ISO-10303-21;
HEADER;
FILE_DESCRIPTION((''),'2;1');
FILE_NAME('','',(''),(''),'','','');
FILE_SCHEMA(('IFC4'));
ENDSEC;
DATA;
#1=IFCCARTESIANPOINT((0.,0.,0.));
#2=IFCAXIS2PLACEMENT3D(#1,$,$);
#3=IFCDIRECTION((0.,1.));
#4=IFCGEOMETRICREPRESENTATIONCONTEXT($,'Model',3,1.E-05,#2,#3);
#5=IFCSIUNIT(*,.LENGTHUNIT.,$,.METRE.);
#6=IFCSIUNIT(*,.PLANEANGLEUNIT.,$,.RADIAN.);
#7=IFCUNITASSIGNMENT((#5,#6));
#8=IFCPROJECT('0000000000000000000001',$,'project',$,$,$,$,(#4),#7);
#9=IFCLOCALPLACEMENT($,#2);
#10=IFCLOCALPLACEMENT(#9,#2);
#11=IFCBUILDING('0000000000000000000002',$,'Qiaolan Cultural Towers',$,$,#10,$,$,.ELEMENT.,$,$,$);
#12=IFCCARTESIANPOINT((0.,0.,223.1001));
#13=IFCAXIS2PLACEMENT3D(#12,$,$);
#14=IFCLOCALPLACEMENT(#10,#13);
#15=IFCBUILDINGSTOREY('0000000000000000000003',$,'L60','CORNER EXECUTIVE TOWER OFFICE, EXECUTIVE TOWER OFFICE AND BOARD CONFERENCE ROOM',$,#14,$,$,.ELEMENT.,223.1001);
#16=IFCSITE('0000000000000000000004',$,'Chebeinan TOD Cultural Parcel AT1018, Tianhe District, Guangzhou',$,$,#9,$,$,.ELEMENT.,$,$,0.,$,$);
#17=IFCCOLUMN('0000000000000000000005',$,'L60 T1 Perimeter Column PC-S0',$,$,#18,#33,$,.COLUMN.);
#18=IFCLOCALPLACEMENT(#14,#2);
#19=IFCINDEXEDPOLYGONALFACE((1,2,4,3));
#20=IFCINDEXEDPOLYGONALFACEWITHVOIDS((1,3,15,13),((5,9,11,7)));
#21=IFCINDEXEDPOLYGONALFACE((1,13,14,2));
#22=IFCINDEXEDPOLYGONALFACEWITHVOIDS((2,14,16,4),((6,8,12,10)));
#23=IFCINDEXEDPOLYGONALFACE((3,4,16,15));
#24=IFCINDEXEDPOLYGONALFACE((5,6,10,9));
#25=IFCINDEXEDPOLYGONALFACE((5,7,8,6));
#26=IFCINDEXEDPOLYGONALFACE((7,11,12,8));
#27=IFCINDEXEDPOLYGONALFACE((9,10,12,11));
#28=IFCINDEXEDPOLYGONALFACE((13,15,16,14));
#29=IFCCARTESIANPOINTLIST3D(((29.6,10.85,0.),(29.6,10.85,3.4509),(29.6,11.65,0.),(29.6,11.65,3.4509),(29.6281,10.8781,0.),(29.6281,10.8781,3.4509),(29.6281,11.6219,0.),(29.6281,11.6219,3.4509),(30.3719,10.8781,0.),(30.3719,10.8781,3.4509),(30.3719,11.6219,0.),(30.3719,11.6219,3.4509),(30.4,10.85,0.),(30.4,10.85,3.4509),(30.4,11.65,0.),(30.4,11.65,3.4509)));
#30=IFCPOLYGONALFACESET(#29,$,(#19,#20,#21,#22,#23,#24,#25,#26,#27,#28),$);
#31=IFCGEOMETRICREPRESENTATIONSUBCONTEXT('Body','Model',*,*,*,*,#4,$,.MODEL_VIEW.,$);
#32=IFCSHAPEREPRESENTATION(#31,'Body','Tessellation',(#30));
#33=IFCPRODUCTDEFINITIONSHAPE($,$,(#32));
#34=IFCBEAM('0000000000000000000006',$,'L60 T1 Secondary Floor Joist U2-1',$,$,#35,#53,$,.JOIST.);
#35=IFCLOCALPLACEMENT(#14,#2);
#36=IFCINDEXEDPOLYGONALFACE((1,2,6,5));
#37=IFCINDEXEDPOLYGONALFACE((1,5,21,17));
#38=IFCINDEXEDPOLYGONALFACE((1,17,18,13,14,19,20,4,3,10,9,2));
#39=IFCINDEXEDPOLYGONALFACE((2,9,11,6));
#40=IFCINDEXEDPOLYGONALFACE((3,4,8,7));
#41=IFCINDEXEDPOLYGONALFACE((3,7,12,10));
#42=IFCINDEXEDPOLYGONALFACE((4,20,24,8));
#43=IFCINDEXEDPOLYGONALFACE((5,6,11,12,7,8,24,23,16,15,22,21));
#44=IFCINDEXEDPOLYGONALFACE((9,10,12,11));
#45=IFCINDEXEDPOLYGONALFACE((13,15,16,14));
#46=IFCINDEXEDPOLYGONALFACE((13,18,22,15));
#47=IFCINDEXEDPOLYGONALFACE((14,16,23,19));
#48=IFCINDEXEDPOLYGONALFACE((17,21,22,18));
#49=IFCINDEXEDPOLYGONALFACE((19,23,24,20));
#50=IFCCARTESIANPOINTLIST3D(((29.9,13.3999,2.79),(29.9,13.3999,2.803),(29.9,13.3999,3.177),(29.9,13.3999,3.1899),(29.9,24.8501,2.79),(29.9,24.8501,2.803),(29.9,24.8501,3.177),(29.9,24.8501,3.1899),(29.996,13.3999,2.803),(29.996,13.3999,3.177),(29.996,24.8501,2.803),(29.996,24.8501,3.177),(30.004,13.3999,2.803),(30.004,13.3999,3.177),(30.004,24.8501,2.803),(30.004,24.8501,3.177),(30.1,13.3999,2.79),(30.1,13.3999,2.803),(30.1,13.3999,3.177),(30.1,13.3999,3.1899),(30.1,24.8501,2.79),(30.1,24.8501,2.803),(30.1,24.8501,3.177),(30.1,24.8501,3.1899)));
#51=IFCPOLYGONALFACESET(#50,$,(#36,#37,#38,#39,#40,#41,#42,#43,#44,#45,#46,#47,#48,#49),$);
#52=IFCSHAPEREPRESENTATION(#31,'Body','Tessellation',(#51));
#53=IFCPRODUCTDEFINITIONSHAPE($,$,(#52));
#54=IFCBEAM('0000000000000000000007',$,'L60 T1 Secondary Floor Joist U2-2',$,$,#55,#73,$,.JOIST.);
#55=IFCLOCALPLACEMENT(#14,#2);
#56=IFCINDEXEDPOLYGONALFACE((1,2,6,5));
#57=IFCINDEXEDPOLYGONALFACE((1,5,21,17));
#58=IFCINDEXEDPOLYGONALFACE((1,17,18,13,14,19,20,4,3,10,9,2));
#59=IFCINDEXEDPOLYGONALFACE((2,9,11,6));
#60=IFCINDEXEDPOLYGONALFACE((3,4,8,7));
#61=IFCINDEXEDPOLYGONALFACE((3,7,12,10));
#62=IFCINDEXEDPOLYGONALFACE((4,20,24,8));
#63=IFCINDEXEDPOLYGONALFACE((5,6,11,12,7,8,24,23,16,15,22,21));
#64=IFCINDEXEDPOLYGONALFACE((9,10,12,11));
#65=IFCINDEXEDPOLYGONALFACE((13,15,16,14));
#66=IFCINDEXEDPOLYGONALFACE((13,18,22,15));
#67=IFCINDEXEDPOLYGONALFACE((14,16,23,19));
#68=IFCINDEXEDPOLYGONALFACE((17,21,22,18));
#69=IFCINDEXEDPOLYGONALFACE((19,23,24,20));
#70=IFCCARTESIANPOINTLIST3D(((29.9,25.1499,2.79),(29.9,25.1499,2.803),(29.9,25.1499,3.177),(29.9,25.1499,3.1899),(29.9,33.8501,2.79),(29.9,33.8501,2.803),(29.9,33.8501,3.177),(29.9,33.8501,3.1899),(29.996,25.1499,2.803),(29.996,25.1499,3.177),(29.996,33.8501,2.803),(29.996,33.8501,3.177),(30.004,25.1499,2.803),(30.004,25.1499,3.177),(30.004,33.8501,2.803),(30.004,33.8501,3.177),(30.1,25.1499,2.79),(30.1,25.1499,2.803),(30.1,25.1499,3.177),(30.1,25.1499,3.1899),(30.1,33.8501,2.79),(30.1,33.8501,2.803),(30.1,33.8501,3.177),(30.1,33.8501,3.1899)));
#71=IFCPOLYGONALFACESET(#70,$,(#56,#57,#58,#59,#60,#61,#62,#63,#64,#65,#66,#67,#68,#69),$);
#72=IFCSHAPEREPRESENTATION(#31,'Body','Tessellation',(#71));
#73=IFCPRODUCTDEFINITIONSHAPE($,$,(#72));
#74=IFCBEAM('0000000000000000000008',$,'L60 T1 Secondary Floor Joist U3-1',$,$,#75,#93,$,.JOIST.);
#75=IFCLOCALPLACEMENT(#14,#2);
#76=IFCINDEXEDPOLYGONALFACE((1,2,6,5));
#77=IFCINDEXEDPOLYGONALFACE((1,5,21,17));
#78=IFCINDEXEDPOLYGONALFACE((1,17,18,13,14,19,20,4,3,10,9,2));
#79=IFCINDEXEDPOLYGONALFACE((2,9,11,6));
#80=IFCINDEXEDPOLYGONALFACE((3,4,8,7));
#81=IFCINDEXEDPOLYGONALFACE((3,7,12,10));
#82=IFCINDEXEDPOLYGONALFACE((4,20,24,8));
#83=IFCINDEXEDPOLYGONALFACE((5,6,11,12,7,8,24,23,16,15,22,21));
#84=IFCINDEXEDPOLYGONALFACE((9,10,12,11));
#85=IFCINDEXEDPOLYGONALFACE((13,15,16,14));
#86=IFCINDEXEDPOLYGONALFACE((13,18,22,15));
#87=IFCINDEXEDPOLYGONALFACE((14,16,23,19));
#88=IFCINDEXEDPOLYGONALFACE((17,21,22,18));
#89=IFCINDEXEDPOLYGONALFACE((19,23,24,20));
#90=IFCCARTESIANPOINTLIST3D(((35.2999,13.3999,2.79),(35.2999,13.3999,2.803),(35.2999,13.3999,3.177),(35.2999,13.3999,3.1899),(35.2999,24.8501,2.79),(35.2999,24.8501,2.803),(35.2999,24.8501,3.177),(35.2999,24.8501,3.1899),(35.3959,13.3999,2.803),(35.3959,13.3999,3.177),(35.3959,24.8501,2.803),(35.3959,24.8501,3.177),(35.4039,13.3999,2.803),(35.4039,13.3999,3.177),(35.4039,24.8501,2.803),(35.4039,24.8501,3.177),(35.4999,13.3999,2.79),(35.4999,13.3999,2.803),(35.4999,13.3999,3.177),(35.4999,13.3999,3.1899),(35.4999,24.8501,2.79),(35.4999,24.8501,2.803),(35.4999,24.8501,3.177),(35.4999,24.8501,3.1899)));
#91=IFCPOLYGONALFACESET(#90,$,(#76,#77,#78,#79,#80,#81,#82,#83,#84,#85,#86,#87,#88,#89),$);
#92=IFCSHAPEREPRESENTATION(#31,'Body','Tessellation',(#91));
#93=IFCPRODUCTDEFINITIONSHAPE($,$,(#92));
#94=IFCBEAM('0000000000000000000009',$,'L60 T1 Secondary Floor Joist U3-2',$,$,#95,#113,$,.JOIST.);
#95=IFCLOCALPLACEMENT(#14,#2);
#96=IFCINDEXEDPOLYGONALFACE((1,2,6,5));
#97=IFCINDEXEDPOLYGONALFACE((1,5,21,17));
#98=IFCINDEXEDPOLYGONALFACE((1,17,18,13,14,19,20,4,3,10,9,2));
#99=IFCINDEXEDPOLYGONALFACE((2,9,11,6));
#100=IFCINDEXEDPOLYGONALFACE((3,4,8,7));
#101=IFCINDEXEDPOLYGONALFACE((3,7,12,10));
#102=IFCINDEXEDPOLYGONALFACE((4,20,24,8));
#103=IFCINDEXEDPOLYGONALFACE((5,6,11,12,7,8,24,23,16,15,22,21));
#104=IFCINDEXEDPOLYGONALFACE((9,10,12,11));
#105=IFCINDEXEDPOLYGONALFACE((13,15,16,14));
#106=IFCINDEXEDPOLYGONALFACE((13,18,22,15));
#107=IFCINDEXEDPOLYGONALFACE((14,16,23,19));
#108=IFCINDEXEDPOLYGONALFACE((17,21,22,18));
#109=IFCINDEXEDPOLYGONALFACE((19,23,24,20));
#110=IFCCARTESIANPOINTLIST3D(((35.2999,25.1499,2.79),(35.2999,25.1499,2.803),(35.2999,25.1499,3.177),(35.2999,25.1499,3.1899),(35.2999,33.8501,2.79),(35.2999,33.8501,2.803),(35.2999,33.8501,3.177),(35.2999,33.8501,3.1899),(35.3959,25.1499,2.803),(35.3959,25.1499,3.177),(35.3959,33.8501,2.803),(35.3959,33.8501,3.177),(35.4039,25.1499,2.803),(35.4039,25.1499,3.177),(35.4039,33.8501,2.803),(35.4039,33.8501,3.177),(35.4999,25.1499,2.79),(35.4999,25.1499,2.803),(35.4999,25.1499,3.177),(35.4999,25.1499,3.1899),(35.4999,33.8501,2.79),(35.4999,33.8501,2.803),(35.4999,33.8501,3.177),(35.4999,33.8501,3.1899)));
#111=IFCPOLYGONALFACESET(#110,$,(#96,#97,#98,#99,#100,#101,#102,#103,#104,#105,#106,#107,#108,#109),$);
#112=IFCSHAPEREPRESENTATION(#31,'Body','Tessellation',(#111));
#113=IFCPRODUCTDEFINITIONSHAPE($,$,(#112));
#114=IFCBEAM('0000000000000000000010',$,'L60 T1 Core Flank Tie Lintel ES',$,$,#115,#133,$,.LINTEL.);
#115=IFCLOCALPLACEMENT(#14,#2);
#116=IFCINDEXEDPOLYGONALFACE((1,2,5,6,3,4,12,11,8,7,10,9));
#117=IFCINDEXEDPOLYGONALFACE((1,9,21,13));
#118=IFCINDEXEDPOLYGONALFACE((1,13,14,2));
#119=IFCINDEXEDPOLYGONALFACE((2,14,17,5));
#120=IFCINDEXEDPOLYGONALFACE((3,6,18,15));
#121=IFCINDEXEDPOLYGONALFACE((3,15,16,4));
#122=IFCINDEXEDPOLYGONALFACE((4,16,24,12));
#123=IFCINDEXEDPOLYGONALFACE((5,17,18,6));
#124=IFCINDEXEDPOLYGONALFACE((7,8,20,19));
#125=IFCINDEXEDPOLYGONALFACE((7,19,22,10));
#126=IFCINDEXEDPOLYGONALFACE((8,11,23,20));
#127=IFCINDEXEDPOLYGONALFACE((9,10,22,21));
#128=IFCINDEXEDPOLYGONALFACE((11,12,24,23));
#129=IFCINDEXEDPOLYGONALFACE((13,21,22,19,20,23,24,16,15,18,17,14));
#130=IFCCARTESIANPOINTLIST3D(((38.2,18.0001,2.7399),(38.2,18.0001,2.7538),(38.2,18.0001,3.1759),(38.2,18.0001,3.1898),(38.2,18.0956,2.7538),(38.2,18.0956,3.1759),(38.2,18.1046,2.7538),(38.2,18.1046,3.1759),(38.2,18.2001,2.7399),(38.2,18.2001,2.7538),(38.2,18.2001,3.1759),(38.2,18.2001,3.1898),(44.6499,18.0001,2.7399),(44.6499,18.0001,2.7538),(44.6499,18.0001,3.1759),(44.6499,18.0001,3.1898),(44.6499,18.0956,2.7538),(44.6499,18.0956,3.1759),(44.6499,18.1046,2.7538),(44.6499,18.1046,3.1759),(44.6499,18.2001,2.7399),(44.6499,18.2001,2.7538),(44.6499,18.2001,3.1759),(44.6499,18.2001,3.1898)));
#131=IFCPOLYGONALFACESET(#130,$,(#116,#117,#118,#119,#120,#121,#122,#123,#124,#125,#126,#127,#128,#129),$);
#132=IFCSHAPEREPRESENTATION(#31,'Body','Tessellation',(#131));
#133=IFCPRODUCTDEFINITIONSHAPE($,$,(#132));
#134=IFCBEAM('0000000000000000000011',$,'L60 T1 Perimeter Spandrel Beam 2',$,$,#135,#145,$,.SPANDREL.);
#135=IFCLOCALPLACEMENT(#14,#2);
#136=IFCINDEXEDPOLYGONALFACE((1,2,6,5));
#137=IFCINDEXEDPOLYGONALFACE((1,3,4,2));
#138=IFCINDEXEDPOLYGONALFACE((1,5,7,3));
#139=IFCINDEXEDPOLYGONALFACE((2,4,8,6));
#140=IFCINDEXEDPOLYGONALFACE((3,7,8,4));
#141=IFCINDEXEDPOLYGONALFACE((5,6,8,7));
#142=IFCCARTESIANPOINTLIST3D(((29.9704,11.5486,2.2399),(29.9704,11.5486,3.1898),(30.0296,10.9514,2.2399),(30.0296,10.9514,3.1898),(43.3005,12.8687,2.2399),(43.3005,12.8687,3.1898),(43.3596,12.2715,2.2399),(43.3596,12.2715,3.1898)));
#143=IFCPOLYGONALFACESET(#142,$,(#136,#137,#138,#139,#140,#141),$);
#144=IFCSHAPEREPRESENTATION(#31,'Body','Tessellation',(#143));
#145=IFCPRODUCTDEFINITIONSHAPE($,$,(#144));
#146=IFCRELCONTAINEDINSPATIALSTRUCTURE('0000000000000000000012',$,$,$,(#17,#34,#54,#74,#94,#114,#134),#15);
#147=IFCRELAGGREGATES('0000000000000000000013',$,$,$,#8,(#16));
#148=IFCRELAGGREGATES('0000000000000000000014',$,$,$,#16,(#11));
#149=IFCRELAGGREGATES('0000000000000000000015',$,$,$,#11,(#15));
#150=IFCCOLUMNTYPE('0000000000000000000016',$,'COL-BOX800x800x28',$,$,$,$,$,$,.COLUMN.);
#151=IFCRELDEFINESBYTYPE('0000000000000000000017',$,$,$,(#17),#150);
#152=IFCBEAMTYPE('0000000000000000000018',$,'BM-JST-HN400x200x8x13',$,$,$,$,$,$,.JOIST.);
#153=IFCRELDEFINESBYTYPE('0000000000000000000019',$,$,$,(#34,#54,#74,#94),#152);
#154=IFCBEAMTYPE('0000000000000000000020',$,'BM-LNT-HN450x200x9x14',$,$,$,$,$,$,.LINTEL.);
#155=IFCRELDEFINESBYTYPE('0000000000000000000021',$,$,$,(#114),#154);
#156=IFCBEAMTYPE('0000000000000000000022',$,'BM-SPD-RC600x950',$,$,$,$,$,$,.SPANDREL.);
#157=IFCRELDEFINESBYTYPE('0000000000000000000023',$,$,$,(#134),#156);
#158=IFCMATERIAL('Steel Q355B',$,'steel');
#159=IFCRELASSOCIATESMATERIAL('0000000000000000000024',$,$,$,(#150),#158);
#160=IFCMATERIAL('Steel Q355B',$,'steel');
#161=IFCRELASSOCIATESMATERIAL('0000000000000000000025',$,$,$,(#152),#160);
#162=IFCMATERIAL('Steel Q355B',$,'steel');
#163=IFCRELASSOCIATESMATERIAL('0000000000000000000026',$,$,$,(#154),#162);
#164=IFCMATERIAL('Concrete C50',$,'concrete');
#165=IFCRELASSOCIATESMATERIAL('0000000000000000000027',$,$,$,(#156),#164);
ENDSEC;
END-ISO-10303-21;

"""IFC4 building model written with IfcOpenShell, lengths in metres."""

from ifc_helpers import new_model, si_unit, direction, frame, origin, origin_2d, place, context, subcontext, project, spatial, rectangle, hollow_rectangle, i_section, extrude, material, material_profile, profile_set, type_object, element, save


model = new_model("IFC4")

# Units and contexts
model_context = context("Model", 3, precision=1e-05, world=origin(), true_north=direction((0.0, 1.0)))
body_context = subcontext(model_context, "Body", "Model", "MODEL_VIEW")
ifc_project = project(units=[si_unit("LENGTHUNIT", "METRE"), si_unit("PLANEANGLEUNIT", "RADIAN")], contexts=[model_context])

# Site, building, storey
site_placement = place(None, origin())
site = spatial("IfcSite", under=ifc_project, at=site_placement, Name="Chebeinan TOD Cultural Parcel AT1018, Tianhe District, Guangzhou", CompositionType="ELEMENT", RefElevation=0.0)
building_placement = place(site_placement, origin())
building = spatial("IfcBuilding", under=site, at=building_placement, Name="Qiaolan Cultural Towers", CompositionType="ELEMENT")
storey_placement = place(building_placement, frame((0.0, 0.0, 223.1001)))
storey = spatial("IfcBuildingStorey", under=building, at=storey_placement, Name="L60", Description="CORNER EXECUTIVE TOWER OFFICE, EXECUTIVE TOWER OFFICE AND BOARD CONFERENCE ROOM", CompositionType="ELEMENT", Elevation=223.1001)

# Column
ifc_material_1 = material(Name="Steel Q355B", Category="steel")
ifc_material_profile_1 = material_profile(ifc_material_1, hollow_rectangle(XDim=0.8, YDim=0.8, WallThickness=0.0281, at=origin_2d()), Name="BOX800x800x28")
ifc_profile_set_1 = profile_set([ifc_material_profile_1], Name="Steel Q355B")
column_type = type_object("IfcColumnType", Name="COL-BOX800x800x28", PredefinedType="COLUMN", material=ifc_profile_set_1)
column_placement = place(storey_placement, frame((30.0, 11.25, 0.0), z_axis=(0.0, 0.0, 1.0), x_axis=(1.0, 0.0, 0.0)))
element("IfcColumn", 1, at=column_placement, inside=storey, type_object=column_type, Name="L60 T1 Perimeter Column PC-S0", PredefinedType="COLUMN", context=body_context, shape_type="SweptSolid", body=[
    extrude(hollow_rectangle(XDim=0.8, YDim=0.8, WallThickness=0.0281, at=origin_2d()), origin(), (0.0, 0.0, 1.0), 3.4509),
])

# Beams
ifc_material_2 = material(Name="Steel Q355B", Category="steel")
ifc_material_profile_2 = material_profile(ifc_material_2, i_section(OverallWidth=0.2, OverallDepth=0.3999, WebThickness=0.0081, FlangeThickness=0.0129, at=origin_2d()), Name="HN400x200x8x13")
ifc_profile_set_2 = profile_set([ifc_material_profile_2], Name="Steel Q355B")
beam_type_1 = type_object("IfcBeamType", Name="BM-JST-HN400x200x8x13", PredefinedType="JOIST", material=ifc_profile_set_2)
beam_1_placement = place(storey_placement, frame((30.0, 13.3999, 2.99), z_axis=(0.0, 1.0, 0.0), x_axis=(-1.0, 0.0, 0.0)))
element("IfcBeam", 2, at=beam_1_placement, inside=storey, type_object=beam_type_1, Name="L60 T1 Secondary Floor Joist U2-1", PredefinedType="JOIST", context=body_context, shape_type="SweptSolid", body=[
    extrude(i_section(OverallWidth=0.2, OverallDepth=0.3999, WebThickness=0.0081, FlangeThickness=0.0129, at=origin_2d()), origin(), (0.0, 0.0, 1.0), 11.4502),
])
beam_2_placement = place(storey_placement, frame((30.0, 25.1499, 2.99), z_axis=(0.0, 1.0, 0.0), x_axis=(-1.0, 0.0, 0.0)))
element("IfcBeam", 3, at=beam_2_placement, inside=storey, type_object=beam_type_1, Name="L60 T1 Secondary Floor Joist U2-2", PredefinedType="JOIST", context=body_context, shape_type="SweptSolid", body=[
    extrude(i_section(OverallWidth=0.2, OverallDepth=0.3999, WebThickness=0.0081, FlangeThickness=0.0129, at=origin_2d()), origin(), (0.0, 0.0, 1.0), 8.7002),
])
beam_3_placement = place(storey_placement, frame((35.3999, 13.3999, 2.99), z_axis=(0.0, 1.0, 0.0), x_axis=(-1.0, 0.0, 0.0)))
element("IfcBeam", 4, at=beam_3_placement, inside=storey, type_object=beam_type_1, Name="L60 T1 Secondary Floor Joist U3-1", PredefinedType="JOIST", context=body_context, shape_type="SweptSolid", body=[
    extrude(i_section(OverallWidth=0.2, OverallDepth=0.3999, WebThickness=0.0081, FlangeThickness=0.0129, at=origin_2d()), origin(), (0.0, 0.0, 1.0), 11.4502),
])
beam_4_placement = place(storey_placement, frame((35.3999, 25.1499, 2.99), z_axis=(0.0, 1.0, 0.0), x_axis=(-1.0, 0.0, 0.0)))
element("IfcBeam", 5, at=beam_4_placement, inside=storey, type_object=beam_type_1, Name="L60 T1 Secondary Floor Joist U3-2", PredefinedType="JOIST", context=body_context, shape_type="SweptSolid", body=[
    extrude(i_section(OverallWidth=0.2, OverallDepth=0.3999, WebThickness=0.0081, FlangeThickness=0.0129, at=origin_2d()), origin(), (0.0, 0.0, 1.0), 8.7002),
])
ifc_material_3 = material(Name="Steel Q355B", Category="steel")
ifc_material_profile_3 = material_profile(ifc_material_3, i_section(OverallWidth=0.2, OverallDepth=0.45, WebThickness=0.009, FlangeThickness=0.0139, at=origin_2d()), Name="HN450x200x9x14")
ifc_profile_set_3 = profile_set([ifc_material_profile_3], Name="Steel Q355B")
beam_type_2 = type_object("IfcBeamType", Name="BM-LNT-HN450x200x9x14", PredefinedType="LINTEL", material=ifc_profile_set_3)
beam_5_placement = place(storey_placement, frame((38.2, 18.1001, 2.9648), z_axis=(1.0, 0.0, 0.0), x_axis=(0.0, 1.0, 0.0)))
element("IfcBeam", 6, at=beam_5_placement, inside=storey, type_object=beam_type_2, Name="L60 T1 Core Flank Tie Lintel ES", PredefinedType="LINTEL", context=body_context, shape_type="SweptSolid", body=[
    extrude(i_section(OverallWidth=0.2, OverallDepth=0.45, WebThickness=0.009, FlangeThickness=0.0139, at=origin_2d()), origin(), (0.0, 0.0, 1.0), 6.45),
])
ifc_material_4 = material(Name="Concrete C50", Category="concrete")
ifc_material_profile_4 = material_profile(ifc_material_4, rectangle(XDim=0.6001, YDim=0.95, at=origin_2d()), Name="RC600x950")
ifc_profile_set_4 = profile_set([ifc_material_profile_4], Name="Concrete C50")
beam_type_3 = type_object("IfcBeamType", Name="BM-SPD-RC600x950", PredefinedType="SPANDREL", material=ifc_profile_set_4)
beam_6_placement = place(storey_placement, frame((30.0, 11.25, 2.7148), z_axis=(0.995132, 0.098547, 0.0), x_axis=(-0.098547, 0.995132, 0.0)))
element("IfcBeam", 7, at=beam_6_placement, inside=storey, type_object=beam_type_3, Name="L60 T1 Perimeter Spandrel Beam 2", PredefinedType="SPANDREL", context=body_context, shape_type="SweptSolid", body=[
    extrude(rectangle(XDim=0.6001, YDim=0.95, at=origin_2d()), origin(), (0.0, 0.0, 1.0), 13.3953),
])

save(model, "model.ifc")
